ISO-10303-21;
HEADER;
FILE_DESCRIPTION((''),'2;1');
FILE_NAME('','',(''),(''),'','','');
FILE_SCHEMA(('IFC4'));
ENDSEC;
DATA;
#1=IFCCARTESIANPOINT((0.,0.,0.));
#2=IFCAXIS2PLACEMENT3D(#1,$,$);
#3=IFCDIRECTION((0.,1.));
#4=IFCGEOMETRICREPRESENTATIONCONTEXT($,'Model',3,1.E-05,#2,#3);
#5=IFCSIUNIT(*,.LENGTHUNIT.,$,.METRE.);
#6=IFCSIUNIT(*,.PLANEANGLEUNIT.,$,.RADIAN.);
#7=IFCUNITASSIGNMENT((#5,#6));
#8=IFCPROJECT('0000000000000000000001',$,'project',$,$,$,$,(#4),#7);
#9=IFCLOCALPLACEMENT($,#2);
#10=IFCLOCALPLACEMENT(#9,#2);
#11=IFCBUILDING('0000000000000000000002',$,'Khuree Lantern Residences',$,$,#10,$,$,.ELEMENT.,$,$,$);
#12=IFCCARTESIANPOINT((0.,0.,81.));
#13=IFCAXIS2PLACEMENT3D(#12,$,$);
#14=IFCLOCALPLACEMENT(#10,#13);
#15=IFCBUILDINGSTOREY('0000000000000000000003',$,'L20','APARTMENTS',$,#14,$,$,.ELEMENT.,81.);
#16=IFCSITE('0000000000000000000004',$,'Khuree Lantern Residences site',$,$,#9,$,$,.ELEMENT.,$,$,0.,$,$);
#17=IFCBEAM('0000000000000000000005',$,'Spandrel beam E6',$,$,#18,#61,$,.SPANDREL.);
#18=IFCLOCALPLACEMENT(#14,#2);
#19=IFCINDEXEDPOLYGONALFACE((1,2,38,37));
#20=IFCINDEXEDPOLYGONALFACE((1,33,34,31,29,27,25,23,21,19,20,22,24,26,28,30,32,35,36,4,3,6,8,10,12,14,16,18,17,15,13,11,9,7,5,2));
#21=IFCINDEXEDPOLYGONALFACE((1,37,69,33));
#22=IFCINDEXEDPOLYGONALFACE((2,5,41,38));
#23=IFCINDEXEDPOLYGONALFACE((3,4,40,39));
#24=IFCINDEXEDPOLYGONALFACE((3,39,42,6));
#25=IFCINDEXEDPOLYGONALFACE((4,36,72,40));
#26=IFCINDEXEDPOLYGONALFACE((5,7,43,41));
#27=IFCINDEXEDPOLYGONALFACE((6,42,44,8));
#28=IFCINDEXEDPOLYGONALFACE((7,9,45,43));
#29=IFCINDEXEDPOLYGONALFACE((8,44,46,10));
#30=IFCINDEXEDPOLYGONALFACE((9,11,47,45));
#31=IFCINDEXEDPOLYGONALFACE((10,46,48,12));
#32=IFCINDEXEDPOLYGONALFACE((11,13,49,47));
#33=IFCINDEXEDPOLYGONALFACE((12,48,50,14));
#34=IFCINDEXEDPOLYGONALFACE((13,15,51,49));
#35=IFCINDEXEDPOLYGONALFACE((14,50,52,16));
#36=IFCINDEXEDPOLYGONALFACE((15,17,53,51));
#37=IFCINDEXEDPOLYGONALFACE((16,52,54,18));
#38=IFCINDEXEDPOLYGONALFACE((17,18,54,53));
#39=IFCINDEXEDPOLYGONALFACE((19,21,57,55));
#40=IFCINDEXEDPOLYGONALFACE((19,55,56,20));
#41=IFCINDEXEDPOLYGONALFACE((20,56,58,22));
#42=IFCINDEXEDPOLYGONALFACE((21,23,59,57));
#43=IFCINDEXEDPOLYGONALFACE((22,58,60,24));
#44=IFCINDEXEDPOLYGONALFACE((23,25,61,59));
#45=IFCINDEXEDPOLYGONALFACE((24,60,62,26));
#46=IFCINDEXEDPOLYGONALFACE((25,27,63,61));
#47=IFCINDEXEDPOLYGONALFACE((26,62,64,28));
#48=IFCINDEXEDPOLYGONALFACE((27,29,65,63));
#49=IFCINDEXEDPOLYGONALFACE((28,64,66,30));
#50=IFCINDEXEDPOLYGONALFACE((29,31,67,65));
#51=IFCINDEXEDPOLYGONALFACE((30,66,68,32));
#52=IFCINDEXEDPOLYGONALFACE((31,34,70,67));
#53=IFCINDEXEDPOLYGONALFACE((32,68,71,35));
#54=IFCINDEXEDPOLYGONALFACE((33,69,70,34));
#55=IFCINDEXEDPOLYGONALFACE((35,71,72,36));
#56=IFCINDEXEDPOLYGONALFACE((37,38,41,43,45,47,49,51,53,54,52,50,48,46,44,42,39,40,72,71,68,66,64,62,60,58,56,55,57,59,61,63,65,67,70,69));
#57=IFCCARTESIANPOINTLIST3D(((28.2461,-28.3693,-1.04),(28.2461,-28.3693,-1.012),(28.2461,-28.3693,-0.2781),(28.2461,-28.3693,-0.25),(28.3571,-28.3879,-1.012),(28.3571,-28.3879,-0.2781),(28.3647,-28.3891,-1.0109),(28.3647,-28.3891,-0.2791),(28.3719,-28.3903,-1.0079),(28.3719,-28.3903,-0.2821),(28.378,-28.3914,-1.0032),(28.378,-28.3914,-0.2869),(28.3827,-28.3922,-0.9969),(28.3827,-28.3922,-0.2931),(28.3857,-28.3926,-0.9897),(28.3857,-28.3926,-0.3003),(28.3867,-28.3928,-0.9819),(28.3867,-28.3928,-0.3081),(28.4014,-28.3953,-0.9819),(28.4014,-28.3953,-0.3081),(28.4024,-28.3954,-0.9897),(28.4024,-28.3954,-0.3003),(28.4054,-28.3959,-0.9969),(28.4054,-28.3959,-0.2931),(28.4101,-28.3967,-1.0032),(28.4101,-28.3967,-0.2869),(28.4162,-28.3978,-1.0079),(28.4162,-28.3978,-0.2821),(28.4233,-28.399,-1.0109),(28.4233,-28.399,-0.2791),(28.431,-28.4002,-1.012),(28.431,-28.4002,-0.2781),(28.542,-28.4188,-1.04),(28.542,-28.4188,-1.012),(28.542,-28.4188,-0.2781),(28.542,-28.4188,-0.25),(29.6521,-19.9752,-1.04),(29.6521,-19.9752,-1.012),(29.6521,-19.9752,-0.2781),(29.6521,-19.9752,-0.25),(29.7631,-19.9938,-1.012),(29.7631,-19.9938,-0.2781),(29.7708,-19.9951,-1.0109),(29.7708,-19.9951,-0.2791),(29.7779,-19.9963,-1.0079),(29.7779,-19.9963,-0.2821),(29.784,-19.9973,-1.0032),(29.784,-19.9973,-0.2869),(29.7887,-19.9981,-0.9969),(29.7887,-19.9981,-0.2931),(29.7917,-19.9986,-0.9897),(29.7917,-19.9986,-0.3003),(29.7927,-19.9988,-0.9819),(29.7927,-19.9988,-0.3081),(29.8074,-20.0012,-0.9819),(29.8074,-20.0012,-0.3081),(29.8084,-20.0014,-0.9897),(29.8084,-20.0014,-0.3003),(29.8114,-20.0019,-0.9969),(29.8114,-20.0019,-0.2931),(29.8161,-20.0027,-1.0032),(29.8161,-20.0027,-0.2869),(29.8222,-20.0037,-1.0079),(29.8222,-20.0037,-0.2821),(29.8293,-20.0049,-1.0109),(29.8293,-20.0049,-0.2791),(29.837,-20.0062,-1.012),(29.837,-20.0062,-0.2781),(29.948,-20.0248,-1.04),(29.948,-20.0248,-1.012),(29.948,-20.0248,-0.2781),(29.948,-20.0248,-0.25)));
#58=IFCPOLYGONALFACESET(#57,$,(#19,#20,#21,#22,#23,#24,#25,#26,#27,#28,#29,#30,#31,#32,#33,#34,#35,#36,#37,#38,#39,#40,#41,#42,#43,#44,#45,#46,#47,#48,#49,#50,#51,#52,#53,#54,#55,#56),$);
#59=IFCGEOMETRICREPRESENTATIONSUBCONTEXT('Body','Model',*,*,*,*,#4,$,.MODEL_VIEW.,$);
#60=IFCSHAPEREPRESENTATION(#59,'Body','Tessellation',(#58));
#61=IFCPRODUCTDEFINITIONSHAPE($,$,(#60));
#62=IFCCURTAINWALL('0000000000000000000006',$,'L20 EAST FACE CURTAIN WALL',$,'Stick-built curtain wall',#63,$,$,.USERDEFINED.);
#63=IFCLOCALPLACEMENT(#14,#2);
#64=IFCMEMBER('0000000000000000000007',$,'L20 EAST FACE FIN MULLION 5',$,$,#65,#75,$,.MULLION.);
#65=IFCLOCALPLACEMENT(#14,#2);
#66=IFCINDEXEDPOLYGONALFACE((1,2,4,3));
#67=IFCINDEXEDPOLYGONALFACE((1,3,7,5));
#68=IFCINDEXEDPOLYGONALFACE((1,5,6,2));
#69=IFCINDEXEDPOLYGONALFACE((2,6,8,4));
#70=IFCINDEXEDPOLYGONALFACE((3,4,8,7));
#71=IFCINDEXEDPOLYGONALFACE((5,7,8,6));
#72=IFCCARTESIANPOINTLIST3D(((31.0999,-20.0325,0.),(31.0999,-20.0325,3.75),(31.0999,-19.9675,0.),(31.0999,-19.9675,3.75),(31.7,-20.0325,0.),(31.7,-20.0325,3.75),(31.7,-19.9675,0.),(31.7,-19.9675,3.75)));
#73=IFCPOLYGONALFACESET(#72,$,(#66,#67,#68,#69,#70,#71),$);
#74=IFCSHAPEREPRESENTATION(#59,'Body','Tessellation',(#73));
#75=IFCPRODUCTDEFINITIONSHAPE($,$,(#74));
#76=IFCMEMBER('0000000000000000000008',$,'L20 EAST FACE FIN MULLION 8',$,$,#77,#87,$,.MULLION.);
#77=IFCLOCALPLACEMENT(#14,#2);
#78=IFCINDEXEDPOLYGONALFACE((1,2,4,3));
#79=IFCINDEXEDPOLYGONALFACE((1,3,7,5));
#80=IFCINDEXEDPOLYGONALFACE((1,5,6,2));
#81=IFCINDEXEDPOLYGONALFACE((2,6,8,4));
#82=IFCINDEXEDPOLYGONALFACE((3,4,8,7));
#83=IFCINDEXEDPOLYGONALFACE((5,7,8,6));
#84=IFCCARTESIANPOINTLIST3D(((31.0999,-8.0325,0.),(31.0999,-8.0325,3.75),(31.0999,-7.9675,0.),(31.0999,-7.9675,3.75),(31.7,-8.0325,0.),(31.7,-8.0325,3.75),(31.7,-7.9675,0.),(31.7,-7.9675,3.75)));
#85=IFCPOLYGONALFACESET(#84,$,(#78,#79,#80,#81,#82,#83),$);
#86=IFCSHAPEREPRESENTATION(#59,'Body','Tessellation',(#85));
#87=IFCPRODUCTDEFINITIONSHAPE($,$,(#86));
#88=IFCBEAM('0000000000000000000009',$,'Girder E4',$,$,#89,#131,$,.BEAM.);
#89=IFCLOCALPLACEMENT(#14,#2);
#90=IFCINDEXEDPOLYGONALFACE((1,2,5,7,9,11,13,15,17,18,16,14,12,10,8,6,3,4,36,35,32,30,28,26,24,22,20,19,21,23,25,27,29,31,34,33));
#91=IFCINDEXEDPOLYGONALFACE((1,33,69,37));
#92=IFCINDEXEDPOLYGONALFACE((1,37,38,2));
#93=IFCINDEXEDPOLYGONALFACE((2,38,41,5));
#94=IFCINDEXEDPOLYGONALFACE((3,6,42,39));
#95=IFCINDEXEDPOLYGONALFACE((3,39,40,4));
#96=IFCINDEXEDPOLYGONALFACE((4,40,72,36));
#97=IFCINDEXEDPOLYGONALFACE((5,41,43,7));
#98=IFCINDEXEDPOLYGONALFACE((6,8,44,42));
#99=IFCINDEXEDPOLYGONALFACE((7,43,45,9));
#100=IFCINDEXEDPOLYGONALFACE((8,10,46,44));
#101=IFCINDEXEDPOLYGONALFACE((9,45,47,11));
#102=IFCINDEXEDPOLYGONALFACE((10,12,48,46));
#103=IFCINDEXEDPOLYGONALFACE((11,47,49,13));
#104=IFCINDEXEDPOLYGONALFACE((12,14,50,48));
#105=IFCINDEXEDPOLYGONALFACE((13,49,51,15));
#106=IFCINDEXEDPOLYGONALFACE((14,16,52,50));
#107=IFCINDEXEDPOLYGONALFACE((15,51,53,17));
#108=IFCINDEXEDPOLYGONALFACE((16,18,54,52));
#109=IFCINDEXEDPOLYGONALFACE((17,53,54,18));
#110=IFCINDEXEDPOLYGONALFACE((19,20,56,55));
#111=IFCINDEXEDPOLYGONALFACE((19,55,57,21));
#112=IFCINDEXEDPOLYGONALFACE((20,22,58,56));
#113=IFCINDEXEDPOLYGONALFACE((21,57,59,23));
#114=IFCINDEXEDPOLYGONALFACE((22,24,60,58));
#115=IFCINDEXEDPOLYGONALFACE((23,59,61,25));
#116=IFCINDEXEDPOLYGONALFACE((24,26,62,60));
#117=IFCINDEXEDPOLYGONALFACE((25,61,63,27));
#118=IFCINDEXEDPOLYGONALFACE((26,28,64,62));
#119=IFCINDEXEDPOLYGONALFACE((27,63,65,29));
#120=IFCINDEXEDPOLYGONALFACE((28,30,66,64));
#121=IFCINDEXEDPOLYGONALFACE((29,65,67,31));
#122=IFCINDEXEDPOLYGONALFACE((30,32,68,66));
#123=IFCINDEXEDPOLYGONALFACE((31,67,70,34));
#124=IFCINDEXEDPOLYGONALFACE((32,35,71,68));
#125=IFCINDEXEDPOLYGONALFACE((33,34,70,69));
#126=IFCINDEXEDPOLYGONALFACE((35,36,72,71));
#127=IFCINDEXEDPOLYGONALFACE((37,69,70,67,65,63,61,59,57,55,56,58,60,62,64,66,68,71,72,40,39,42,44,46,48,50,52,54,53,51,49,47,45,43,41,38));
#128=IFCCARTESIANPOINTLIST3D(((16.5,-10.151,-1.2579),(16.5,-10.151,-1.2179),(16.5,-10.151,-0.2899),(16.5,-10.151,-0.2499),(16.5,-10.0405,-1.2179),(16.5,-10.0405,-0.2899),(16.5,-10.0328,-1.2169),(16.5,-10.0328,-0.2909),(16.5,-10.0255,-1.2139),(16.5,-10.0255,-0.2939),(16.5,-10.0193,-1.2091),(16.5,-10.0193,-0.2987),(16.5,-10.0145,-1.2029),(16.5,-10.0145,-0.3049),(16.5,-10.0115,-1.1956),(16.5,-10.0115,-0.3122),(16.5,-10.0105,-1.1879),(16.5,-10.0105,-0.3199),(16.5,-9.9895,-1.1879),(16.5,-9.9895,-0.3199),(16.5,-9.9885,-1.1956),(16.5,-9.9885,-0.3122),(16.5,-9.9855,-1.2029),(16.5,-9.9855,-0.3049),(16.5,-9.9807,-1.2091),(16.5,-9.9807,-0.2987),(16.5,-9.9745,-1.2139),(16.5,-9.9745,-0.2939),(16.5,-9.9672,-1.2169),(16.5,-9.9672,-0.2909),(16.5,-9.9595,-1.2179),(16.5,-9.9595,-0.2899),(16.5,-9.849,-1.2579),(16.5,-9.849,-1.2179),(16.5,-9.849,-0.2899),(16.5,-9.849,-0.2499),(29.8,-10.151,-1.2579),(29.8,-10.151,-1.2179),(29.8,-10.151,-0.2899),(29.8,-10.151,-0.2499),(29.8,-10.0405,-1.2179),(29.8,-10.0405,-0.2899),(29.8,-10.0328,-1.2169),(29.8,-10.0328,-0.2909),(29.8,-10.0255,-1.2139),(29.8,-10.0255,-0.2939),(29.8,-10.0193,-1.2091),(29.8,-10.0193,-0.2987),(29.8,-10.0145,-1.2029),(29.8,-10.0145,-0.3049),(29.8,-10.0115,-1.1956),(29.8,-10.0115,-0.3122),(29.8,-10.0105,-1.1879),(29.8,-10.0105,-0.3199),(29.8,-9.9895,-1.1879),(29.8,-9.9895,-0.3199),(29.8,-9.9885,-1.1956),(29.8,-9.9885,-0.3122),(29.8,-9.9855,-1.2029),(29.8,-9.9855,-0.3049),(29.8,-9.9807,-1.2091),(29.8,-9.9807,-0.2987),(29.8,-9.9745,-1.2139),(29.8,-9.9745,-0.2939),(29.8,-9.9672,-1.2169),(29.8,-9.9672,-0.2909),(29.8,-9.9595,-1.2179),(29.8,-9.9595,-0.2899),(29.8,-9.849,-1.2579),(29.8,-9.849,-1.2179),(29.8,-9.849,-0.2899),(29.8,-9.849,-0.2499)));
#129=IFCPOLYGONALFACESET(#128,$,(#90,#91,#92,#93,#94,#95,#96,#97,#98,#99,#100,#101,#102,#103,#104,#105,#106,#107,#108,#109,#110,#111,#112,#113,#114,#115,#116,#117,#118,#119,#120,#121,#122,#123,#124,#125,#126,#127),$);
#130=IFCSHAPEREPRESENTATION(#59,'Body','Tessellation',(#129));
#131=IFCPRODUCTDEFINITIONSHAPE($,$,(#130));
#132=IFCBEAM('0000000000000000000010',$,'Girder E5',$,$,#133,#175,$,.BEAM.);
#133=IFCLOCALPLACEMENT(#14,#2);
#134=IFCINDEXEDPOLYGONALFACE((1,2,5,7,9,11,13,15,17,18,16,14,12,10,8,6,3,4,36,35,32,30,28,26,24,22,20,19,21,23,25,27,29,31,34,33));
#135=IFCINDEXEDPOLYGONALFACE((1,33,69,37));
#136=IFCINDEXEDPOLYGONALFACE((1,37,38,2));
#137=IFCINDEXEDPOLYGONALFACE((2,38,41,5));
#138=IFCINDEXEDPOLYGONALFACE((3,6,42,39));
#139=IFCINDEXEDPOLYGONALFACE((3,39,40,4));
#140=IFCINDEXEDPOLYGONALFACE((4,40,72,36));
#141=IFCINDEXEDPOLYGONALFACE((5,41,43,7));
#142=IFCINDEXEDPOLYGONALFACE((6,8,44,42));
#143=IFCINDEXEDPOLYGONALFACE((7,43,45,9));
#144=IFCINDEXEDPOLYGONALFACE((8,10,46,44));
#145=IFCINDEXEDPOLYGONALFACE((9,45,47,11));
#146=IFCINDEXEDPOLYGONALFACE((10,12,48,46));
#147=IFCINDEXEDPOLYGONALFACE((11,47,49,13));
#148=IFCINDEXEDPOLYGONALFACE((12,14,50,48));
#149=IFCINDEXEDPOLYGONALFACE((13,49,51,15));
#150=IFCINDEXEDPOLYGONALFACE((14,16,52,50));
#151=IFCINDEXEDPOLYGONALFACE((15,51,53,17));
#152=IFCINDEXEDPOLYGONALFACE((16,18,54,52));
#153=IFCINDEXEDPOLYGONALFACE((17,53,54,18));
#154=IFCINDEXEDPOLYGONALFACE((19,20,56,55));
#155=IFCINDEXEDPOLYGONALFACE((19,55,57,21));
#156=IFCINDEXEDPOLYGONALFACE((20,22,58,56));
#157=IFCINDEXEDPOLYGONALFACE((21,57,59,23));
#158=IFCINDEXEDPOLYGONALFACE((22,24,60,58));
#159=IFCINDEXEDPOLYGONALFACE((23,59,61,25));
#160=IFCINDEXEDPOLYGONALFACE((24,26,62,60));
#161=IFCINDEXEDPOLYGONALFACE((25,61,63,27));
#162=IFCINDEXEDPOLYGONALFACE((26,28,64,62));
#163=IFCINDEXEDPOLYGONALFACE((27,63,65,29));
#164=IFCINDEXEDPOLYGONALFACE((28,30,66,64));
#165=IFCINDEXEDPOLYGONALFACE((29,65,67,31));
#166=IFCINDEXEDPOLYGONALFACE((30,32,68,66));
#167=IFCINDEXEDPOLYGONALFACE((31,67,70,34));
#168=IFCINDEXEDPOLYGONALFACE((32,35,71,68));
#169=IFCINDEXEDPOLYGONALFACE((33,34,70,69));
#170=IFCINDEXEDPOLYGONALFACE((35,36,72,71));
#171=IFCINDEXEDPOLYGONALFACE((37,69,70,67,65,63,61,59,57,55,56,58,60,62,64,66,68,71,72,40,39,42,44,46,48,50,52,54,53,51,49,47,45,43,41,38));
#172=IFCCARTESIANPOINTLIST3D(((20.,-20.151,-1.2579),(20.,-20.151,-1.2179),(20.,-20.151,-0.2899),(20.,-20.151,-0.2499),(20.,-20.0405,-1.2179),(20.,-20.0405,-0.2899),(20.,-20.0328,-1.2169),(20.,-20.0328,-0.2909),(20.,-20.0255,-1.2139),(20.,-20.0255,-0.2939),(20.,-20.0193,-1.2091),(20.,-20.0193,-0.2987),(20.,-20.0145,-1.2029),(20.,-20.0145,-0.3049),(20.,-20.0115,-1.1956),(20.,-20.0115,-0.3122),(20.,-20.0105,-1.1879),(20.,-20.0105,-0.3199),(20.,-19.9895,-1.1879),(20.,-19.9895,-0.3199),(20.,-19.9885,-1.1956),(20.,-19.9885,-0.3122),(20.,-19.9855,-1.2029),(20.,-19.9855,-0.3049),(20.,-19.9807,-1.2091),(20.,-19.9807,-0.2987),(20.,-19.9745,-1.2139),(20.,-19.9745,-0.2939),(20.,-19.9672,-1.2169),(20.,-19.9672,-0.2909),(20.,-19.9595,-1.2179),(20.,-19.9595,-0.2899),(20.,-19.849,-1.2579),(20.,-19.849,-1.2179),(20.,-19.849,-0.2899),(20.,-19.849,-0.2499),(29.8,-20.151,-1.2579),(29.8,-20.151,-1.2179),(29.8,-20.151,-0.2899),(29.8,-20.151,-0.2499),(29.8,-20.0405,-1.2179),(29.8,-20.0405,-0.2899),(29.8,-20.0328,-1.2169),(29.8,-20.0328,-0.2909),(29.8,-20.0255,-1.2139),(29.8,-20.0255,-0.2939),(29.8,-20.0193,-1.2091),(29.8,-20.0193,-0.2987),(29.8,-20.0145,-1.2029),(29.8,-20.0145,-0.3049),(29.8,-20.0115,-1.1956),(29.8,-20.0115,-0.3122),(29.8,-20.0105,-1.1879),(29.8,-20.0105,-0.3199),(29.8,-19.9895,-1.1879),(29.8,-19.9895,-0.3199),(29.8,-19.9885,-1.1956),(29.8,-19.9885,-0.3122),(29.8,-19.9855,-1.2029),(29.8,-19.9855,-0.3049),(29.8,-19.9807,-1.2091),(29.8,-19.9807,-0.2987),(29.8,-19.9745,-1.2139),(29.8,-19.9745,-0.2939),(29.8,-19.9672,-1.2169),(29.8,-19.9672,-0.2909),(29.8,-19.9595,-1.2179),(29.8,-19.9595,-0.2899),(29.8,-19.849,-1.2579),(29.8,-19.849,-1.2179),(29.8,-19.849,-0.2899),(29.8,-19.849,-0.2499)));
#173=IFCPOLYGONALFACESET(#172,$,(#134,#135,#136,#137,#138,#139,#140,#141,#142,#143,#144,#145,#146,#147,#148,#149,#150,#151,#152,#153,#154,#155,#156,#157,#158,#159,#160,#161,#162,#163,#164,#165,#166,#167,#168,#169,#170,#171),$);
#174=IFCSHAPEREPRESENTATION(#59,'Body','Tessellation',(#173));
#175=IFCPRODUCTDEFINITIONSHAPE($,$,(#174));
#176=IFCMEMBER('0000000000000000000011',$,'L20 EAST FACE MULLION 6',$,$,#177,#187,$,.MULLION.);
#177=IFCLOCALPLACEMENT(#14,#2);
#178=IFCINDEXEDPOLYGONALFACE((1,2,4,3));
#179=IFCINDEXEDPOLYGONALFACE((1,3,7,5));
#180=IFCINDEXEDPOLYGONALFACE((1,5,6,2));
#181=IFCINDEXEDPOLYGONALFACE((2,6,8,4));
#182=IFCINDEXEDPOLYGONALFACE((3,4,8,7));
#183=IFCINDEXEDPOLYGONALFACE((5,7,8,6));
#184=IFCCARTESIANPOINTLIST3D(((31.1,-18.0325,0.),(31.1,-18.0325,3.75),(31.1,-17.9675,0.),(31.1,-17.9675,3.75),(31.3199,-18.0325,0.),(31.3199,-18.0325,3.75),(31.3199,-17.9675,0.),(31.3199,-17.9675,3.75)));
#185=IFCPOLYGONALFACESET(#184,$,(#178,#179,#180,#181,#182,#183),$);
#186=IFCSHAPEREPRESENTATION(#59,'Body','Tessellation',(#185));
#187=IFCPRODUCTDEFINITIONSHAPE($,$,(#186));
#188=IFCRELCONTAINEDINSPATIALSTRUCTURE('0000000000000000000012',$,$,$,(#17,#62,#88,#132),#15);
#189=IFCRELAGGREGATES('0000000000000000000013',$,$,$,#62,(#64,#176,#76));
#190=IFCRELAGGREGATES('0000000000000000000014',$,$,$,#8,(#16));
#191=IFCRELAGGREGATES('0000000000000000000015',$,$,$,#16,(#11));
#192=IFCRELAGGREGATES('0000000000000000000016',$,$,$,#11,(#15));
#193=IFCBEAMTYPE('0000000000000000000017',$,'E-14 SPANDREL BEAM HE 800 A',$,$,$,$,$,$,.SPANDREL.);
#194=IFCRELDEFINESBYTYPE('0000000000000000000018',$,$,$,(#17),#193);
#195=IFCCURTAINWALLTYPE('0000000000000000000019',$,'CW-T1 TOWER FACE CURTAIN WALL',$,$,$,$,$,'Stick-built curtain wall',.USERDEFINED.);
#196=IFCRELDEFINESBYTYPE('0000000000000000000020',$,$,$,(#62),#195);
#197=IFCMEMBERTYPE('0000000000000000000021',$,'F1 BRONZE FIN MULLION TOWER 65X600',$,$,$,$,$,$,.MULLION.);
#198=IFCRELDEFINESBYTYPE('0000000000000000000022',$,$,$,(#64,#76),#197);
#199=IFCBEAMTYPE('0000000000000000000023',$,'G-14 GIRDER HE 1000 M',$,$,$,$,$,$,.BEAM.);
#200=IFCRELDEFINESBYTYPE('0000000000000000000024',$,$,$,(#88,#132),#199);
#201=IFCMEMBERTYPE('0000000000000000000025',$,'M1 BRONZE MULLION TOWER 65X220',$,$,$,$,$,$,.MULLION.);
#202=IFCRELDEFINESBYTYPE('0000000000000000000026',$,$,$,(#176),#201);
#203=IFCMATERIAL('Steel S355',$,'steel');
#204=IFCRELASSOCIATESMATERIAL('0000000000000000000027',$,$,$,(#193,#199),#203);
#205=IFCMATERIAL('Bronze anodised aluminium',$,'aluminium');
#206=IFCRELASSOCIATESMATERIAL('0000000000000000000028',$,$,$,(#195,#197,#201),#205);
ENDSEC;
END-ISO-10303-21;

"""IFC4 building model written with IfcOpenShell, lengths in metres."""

from ifc_helpers import new_model, si_unit, direction, frame, origin, origin_2d, place, context, subcontext, project, spatial, rectangle, i_section, extrude, material, material_profile, profile_set, type_object, element, aggregate, save


model = new_model("IFC4")

# Units and contexts
model_context = context("Model", 3, precision=1e-05, world=origin(), true_north=direction((0.0, 1.0)))
body_context = subcontext(model_context, "Body", "Model", "MODEL_VIEW")
ifc_project = project(units=[si_unit("LENGTHUNIT", "METRE"), si_unit("PLANEANGLEUNIT", "RADIAN")], contexts=[model_context])

# Site, building, storey
site_placement = place(None, origin())
site = spatial("IfcSite", under=ifc_project, at=site_placement, Name="Khuree Lantern Residences site", CompositionType="ELEMENT", RefElevation=0.0)
building_placement = place(site_placement, origin())
building = spatial("IfcBuilding", under=site, at=building_placement, Name="Khuree Lantern Residences", CompositionType="ELEMENT")
storey_placement = place(building_placement, frame((0.0, 0.0, 81.0)))
storey = spatial("IfcBuildingStorey", under=building, at=storey_placement, Name="L20", Description="APARTMENTS", CompositionType="ELEMENT", Elevation=81.0)

# Beam
ifc_material_1 = material(Name="Steel S355", Category="steel")
ifc_material_profile_1 = material_profile(ifc_material_1, i_section(OverallWidth=0.3, OverallDepth=0.79, WebThickness=0.0149, FlangeThickness=0.0281, FilletRadius=0.03, at=origin_2d()), Name="HE 800 A")
ifc_profile_set_1 = profile_set([ifc_material_profile_1], Name="Steel S355")
beam_type_1 = type_object("IfcBeamType", Name="E-14 SPANDREL BEAM HE 800 A", PredefinedType="SPANDREL", material=ifc_profile_set_1)
beam_1_placement = place(storey_placement, frame((29.8, -20.0, -0.645), z_axis=(-0.165199, -0.98626, 0.0), x_axis=(0.98626, -0.165199, 0.0)))
element("IfcBeam", 1, at=beam_1_placement, inside=storey, type_object=beam_type_1, Name="Spandrel beam E6", PredefinedType="SPANDREL", context=body_context, shape_type="SweptSolid", body=[
    extrude(i_section(OverallWidth=0.3, OverallDepth=0.79, WebThickness=0.0149, FlangeThickness=0.0281, FilletRadius=0.03, at=origin_2d()), origin(), (0.0, 0.0, 1.0), 8.511),
])

# Curtain wall, members
ifc_material_2 = material(Name="Bronze anodised aluminium", Category="aluminium")
curtain_wall_type = type_object("IfcCurtainWallType", Name="CW-T1 TOWER FACE CURTAIN WALL", ElementType="Stick-built curtain wall", PredefinedType="USERDEFINED", material=ifc_material_2)
curtain_wall_placement = place(storey_placement, origin())
curtain_wall = element("IfcCurtainWall", 2, at=curtain_wall_placement, inside=storey, type_object=curtain_wall_type, Name="L20 EAST FACE CURTAIN WALL", ObjectType="Stick-built curtain wall", PredefinedType="USERDEFINED")
ifc_material_profile_2 = material_profile(ifc_material_2, rectangle(XDim=0.0649, YDim=0.6001, at=origin_2d()), Name="F1 65X600")
ifc_profile_set_2 = profile_set([ifc_material_profile_2], Name="Bronze anodised aluminium")
member_type_1 = type_object("IfcMemberType", Name="F1 BRONZE FIN MULLION TOWER 65X600", PredefinedType="MULLION", material=ifc_profile_set_2)
member_1_placement = place(storey_placement, frame((31.3999, -20.0, 0.0), z_axis=(0.0, 0.0, 1.0), x_axis=(0.0, 1.0, 0.0)))
member_1 = element("IfcMember", 3, at=member_1_placement, type_object=member_type_1, Name="L20 EAST FACE FIN MULLION 5", PredefinedType="MULLION", context=body_context, shape_type="SweptSolid", body=[
    extrude(rectangle(XDim=0.0649, YDim=0.6001, at=origin_2d()), origin(), (0.0, 0.0, 1.0), 3.75),
])
member_2_placement = place(storey_placement, frame((31.3999, -8.0, 0.0), z_axis=(0.0, 0.0, 1.0), x_axis=(0.0, 1.0, 0.0)))
member_2 = element("IfcMember", 4, at=member_2_placement, type_object=member_type_1, Name="L20 EAST FACE FIN MULLION 8", PredefinedType="MULLION", context=body_context, shape_type="SweptSolid", body=[
    extrude(rectangle(XDim=0.0649, YDim=0.6001, at=origin_2d()), origin(), (0.0, 0.0, 1.0), 3.75),
])

# Beams
ifc_material_profile_3 = material_profile(ifc_material_1, i_section(OverallWidth=0.302, OverallDepth=1.0081, WebThickness=0.021, FlangeThickness=0.04, FilletRadius=0.03, at=origin_2d()), Name="HE 1000 M")
ifc_profile_set_3 = profile_set([ifc_material_profile_3], Name="Steel S355")
beam_type_2 = type_object("IfcBeamType", Name="G-14 GIRDER HE 1000 M", PredefinedType="BEAM", material=ifc_profile_set_3)
beam_2_placement = place(storey_placement, frame((29.8, -10.0, -0.7539), z_axis=(-1.0, 0.0, 0.0), x_axis=(0.0, -1.0, 0.0)))
element("IfcBeam", 5, at=beam_2_placement, inside=storey, type_object=beam_type_2, Name="Girder E4", PredefinedType="BEAM", context=body_context, shape_type="SweptSolid", body=[
    extrude(i_section(OverallWidth=0.302, OverallDepth=1.0081, WebThickness=0.021, FlangeThickness=0.04, FilletRadius=0.03, at=origin_2d()), origin(), (0.0, 0.0, 1.0), 13.3),
])
beam_3_placement = place(storey_placement, frame((29.8, -20.0, -0.7539), z_axis=(-1.0, 0.0, 0.0), x_axis=(0.0, -1.0, 0.0)))
element("IfcBeam", 6, at=beam_3_placement, inside=storey, type_object=beam_type_2, Name="Girder E5", PredefinedType="BEAM", context=body_context, shape_type="SweptSolid", body=[
    extrude(i_section(OverallWidth=0.302, OverallDepth=1.0081, WebThickness=0.021, FlangeThickness=0.04, FilletRadius=0.03, at=origin_2d()), origin(), (0.0, 0.0, 1.0), 9.8),
])

# Member
ifc_material_profile_4 = material_profile(ifc_material_2, rectangle(XDim=0.0649, YDim=0.22, at=origin_2d()), Name="M1 65X220")
ifc_profile_set_4 = profile_set([ifc_material_profile_4], Name="Bronze anodised aluminium")
member_type_2 = type_object("IfcMemberType", Name="M1 BRONZE MULLION TOWER 65X220", PredefinedType="MULLION", material=ifc_profile_set_4)
member_3_placement = place(storey_placement, frame((31.21, -18.0, 0.0), z_axis=(0.0, 0.0, 1.0), x_axis=(0.0, 1.0, 0.0)))
member_3 = element("IfcMember", 7, at=member_3_placement, type_object=member_type_2, Name="L20 EAST FACE MULLION 6", PredefinedType="MULLION", context=body_context, shape_type="SweptSolid", body=[
    extrude(rectangle(XDim=0.0649, YDim=0.22, at=origin_2d()), origin(), (0.0, 0.0, 1.0), 3.75),
])

aggregate(curtain_wall, [member_1, member_3, member_2])

save(model, "model.ifc")
